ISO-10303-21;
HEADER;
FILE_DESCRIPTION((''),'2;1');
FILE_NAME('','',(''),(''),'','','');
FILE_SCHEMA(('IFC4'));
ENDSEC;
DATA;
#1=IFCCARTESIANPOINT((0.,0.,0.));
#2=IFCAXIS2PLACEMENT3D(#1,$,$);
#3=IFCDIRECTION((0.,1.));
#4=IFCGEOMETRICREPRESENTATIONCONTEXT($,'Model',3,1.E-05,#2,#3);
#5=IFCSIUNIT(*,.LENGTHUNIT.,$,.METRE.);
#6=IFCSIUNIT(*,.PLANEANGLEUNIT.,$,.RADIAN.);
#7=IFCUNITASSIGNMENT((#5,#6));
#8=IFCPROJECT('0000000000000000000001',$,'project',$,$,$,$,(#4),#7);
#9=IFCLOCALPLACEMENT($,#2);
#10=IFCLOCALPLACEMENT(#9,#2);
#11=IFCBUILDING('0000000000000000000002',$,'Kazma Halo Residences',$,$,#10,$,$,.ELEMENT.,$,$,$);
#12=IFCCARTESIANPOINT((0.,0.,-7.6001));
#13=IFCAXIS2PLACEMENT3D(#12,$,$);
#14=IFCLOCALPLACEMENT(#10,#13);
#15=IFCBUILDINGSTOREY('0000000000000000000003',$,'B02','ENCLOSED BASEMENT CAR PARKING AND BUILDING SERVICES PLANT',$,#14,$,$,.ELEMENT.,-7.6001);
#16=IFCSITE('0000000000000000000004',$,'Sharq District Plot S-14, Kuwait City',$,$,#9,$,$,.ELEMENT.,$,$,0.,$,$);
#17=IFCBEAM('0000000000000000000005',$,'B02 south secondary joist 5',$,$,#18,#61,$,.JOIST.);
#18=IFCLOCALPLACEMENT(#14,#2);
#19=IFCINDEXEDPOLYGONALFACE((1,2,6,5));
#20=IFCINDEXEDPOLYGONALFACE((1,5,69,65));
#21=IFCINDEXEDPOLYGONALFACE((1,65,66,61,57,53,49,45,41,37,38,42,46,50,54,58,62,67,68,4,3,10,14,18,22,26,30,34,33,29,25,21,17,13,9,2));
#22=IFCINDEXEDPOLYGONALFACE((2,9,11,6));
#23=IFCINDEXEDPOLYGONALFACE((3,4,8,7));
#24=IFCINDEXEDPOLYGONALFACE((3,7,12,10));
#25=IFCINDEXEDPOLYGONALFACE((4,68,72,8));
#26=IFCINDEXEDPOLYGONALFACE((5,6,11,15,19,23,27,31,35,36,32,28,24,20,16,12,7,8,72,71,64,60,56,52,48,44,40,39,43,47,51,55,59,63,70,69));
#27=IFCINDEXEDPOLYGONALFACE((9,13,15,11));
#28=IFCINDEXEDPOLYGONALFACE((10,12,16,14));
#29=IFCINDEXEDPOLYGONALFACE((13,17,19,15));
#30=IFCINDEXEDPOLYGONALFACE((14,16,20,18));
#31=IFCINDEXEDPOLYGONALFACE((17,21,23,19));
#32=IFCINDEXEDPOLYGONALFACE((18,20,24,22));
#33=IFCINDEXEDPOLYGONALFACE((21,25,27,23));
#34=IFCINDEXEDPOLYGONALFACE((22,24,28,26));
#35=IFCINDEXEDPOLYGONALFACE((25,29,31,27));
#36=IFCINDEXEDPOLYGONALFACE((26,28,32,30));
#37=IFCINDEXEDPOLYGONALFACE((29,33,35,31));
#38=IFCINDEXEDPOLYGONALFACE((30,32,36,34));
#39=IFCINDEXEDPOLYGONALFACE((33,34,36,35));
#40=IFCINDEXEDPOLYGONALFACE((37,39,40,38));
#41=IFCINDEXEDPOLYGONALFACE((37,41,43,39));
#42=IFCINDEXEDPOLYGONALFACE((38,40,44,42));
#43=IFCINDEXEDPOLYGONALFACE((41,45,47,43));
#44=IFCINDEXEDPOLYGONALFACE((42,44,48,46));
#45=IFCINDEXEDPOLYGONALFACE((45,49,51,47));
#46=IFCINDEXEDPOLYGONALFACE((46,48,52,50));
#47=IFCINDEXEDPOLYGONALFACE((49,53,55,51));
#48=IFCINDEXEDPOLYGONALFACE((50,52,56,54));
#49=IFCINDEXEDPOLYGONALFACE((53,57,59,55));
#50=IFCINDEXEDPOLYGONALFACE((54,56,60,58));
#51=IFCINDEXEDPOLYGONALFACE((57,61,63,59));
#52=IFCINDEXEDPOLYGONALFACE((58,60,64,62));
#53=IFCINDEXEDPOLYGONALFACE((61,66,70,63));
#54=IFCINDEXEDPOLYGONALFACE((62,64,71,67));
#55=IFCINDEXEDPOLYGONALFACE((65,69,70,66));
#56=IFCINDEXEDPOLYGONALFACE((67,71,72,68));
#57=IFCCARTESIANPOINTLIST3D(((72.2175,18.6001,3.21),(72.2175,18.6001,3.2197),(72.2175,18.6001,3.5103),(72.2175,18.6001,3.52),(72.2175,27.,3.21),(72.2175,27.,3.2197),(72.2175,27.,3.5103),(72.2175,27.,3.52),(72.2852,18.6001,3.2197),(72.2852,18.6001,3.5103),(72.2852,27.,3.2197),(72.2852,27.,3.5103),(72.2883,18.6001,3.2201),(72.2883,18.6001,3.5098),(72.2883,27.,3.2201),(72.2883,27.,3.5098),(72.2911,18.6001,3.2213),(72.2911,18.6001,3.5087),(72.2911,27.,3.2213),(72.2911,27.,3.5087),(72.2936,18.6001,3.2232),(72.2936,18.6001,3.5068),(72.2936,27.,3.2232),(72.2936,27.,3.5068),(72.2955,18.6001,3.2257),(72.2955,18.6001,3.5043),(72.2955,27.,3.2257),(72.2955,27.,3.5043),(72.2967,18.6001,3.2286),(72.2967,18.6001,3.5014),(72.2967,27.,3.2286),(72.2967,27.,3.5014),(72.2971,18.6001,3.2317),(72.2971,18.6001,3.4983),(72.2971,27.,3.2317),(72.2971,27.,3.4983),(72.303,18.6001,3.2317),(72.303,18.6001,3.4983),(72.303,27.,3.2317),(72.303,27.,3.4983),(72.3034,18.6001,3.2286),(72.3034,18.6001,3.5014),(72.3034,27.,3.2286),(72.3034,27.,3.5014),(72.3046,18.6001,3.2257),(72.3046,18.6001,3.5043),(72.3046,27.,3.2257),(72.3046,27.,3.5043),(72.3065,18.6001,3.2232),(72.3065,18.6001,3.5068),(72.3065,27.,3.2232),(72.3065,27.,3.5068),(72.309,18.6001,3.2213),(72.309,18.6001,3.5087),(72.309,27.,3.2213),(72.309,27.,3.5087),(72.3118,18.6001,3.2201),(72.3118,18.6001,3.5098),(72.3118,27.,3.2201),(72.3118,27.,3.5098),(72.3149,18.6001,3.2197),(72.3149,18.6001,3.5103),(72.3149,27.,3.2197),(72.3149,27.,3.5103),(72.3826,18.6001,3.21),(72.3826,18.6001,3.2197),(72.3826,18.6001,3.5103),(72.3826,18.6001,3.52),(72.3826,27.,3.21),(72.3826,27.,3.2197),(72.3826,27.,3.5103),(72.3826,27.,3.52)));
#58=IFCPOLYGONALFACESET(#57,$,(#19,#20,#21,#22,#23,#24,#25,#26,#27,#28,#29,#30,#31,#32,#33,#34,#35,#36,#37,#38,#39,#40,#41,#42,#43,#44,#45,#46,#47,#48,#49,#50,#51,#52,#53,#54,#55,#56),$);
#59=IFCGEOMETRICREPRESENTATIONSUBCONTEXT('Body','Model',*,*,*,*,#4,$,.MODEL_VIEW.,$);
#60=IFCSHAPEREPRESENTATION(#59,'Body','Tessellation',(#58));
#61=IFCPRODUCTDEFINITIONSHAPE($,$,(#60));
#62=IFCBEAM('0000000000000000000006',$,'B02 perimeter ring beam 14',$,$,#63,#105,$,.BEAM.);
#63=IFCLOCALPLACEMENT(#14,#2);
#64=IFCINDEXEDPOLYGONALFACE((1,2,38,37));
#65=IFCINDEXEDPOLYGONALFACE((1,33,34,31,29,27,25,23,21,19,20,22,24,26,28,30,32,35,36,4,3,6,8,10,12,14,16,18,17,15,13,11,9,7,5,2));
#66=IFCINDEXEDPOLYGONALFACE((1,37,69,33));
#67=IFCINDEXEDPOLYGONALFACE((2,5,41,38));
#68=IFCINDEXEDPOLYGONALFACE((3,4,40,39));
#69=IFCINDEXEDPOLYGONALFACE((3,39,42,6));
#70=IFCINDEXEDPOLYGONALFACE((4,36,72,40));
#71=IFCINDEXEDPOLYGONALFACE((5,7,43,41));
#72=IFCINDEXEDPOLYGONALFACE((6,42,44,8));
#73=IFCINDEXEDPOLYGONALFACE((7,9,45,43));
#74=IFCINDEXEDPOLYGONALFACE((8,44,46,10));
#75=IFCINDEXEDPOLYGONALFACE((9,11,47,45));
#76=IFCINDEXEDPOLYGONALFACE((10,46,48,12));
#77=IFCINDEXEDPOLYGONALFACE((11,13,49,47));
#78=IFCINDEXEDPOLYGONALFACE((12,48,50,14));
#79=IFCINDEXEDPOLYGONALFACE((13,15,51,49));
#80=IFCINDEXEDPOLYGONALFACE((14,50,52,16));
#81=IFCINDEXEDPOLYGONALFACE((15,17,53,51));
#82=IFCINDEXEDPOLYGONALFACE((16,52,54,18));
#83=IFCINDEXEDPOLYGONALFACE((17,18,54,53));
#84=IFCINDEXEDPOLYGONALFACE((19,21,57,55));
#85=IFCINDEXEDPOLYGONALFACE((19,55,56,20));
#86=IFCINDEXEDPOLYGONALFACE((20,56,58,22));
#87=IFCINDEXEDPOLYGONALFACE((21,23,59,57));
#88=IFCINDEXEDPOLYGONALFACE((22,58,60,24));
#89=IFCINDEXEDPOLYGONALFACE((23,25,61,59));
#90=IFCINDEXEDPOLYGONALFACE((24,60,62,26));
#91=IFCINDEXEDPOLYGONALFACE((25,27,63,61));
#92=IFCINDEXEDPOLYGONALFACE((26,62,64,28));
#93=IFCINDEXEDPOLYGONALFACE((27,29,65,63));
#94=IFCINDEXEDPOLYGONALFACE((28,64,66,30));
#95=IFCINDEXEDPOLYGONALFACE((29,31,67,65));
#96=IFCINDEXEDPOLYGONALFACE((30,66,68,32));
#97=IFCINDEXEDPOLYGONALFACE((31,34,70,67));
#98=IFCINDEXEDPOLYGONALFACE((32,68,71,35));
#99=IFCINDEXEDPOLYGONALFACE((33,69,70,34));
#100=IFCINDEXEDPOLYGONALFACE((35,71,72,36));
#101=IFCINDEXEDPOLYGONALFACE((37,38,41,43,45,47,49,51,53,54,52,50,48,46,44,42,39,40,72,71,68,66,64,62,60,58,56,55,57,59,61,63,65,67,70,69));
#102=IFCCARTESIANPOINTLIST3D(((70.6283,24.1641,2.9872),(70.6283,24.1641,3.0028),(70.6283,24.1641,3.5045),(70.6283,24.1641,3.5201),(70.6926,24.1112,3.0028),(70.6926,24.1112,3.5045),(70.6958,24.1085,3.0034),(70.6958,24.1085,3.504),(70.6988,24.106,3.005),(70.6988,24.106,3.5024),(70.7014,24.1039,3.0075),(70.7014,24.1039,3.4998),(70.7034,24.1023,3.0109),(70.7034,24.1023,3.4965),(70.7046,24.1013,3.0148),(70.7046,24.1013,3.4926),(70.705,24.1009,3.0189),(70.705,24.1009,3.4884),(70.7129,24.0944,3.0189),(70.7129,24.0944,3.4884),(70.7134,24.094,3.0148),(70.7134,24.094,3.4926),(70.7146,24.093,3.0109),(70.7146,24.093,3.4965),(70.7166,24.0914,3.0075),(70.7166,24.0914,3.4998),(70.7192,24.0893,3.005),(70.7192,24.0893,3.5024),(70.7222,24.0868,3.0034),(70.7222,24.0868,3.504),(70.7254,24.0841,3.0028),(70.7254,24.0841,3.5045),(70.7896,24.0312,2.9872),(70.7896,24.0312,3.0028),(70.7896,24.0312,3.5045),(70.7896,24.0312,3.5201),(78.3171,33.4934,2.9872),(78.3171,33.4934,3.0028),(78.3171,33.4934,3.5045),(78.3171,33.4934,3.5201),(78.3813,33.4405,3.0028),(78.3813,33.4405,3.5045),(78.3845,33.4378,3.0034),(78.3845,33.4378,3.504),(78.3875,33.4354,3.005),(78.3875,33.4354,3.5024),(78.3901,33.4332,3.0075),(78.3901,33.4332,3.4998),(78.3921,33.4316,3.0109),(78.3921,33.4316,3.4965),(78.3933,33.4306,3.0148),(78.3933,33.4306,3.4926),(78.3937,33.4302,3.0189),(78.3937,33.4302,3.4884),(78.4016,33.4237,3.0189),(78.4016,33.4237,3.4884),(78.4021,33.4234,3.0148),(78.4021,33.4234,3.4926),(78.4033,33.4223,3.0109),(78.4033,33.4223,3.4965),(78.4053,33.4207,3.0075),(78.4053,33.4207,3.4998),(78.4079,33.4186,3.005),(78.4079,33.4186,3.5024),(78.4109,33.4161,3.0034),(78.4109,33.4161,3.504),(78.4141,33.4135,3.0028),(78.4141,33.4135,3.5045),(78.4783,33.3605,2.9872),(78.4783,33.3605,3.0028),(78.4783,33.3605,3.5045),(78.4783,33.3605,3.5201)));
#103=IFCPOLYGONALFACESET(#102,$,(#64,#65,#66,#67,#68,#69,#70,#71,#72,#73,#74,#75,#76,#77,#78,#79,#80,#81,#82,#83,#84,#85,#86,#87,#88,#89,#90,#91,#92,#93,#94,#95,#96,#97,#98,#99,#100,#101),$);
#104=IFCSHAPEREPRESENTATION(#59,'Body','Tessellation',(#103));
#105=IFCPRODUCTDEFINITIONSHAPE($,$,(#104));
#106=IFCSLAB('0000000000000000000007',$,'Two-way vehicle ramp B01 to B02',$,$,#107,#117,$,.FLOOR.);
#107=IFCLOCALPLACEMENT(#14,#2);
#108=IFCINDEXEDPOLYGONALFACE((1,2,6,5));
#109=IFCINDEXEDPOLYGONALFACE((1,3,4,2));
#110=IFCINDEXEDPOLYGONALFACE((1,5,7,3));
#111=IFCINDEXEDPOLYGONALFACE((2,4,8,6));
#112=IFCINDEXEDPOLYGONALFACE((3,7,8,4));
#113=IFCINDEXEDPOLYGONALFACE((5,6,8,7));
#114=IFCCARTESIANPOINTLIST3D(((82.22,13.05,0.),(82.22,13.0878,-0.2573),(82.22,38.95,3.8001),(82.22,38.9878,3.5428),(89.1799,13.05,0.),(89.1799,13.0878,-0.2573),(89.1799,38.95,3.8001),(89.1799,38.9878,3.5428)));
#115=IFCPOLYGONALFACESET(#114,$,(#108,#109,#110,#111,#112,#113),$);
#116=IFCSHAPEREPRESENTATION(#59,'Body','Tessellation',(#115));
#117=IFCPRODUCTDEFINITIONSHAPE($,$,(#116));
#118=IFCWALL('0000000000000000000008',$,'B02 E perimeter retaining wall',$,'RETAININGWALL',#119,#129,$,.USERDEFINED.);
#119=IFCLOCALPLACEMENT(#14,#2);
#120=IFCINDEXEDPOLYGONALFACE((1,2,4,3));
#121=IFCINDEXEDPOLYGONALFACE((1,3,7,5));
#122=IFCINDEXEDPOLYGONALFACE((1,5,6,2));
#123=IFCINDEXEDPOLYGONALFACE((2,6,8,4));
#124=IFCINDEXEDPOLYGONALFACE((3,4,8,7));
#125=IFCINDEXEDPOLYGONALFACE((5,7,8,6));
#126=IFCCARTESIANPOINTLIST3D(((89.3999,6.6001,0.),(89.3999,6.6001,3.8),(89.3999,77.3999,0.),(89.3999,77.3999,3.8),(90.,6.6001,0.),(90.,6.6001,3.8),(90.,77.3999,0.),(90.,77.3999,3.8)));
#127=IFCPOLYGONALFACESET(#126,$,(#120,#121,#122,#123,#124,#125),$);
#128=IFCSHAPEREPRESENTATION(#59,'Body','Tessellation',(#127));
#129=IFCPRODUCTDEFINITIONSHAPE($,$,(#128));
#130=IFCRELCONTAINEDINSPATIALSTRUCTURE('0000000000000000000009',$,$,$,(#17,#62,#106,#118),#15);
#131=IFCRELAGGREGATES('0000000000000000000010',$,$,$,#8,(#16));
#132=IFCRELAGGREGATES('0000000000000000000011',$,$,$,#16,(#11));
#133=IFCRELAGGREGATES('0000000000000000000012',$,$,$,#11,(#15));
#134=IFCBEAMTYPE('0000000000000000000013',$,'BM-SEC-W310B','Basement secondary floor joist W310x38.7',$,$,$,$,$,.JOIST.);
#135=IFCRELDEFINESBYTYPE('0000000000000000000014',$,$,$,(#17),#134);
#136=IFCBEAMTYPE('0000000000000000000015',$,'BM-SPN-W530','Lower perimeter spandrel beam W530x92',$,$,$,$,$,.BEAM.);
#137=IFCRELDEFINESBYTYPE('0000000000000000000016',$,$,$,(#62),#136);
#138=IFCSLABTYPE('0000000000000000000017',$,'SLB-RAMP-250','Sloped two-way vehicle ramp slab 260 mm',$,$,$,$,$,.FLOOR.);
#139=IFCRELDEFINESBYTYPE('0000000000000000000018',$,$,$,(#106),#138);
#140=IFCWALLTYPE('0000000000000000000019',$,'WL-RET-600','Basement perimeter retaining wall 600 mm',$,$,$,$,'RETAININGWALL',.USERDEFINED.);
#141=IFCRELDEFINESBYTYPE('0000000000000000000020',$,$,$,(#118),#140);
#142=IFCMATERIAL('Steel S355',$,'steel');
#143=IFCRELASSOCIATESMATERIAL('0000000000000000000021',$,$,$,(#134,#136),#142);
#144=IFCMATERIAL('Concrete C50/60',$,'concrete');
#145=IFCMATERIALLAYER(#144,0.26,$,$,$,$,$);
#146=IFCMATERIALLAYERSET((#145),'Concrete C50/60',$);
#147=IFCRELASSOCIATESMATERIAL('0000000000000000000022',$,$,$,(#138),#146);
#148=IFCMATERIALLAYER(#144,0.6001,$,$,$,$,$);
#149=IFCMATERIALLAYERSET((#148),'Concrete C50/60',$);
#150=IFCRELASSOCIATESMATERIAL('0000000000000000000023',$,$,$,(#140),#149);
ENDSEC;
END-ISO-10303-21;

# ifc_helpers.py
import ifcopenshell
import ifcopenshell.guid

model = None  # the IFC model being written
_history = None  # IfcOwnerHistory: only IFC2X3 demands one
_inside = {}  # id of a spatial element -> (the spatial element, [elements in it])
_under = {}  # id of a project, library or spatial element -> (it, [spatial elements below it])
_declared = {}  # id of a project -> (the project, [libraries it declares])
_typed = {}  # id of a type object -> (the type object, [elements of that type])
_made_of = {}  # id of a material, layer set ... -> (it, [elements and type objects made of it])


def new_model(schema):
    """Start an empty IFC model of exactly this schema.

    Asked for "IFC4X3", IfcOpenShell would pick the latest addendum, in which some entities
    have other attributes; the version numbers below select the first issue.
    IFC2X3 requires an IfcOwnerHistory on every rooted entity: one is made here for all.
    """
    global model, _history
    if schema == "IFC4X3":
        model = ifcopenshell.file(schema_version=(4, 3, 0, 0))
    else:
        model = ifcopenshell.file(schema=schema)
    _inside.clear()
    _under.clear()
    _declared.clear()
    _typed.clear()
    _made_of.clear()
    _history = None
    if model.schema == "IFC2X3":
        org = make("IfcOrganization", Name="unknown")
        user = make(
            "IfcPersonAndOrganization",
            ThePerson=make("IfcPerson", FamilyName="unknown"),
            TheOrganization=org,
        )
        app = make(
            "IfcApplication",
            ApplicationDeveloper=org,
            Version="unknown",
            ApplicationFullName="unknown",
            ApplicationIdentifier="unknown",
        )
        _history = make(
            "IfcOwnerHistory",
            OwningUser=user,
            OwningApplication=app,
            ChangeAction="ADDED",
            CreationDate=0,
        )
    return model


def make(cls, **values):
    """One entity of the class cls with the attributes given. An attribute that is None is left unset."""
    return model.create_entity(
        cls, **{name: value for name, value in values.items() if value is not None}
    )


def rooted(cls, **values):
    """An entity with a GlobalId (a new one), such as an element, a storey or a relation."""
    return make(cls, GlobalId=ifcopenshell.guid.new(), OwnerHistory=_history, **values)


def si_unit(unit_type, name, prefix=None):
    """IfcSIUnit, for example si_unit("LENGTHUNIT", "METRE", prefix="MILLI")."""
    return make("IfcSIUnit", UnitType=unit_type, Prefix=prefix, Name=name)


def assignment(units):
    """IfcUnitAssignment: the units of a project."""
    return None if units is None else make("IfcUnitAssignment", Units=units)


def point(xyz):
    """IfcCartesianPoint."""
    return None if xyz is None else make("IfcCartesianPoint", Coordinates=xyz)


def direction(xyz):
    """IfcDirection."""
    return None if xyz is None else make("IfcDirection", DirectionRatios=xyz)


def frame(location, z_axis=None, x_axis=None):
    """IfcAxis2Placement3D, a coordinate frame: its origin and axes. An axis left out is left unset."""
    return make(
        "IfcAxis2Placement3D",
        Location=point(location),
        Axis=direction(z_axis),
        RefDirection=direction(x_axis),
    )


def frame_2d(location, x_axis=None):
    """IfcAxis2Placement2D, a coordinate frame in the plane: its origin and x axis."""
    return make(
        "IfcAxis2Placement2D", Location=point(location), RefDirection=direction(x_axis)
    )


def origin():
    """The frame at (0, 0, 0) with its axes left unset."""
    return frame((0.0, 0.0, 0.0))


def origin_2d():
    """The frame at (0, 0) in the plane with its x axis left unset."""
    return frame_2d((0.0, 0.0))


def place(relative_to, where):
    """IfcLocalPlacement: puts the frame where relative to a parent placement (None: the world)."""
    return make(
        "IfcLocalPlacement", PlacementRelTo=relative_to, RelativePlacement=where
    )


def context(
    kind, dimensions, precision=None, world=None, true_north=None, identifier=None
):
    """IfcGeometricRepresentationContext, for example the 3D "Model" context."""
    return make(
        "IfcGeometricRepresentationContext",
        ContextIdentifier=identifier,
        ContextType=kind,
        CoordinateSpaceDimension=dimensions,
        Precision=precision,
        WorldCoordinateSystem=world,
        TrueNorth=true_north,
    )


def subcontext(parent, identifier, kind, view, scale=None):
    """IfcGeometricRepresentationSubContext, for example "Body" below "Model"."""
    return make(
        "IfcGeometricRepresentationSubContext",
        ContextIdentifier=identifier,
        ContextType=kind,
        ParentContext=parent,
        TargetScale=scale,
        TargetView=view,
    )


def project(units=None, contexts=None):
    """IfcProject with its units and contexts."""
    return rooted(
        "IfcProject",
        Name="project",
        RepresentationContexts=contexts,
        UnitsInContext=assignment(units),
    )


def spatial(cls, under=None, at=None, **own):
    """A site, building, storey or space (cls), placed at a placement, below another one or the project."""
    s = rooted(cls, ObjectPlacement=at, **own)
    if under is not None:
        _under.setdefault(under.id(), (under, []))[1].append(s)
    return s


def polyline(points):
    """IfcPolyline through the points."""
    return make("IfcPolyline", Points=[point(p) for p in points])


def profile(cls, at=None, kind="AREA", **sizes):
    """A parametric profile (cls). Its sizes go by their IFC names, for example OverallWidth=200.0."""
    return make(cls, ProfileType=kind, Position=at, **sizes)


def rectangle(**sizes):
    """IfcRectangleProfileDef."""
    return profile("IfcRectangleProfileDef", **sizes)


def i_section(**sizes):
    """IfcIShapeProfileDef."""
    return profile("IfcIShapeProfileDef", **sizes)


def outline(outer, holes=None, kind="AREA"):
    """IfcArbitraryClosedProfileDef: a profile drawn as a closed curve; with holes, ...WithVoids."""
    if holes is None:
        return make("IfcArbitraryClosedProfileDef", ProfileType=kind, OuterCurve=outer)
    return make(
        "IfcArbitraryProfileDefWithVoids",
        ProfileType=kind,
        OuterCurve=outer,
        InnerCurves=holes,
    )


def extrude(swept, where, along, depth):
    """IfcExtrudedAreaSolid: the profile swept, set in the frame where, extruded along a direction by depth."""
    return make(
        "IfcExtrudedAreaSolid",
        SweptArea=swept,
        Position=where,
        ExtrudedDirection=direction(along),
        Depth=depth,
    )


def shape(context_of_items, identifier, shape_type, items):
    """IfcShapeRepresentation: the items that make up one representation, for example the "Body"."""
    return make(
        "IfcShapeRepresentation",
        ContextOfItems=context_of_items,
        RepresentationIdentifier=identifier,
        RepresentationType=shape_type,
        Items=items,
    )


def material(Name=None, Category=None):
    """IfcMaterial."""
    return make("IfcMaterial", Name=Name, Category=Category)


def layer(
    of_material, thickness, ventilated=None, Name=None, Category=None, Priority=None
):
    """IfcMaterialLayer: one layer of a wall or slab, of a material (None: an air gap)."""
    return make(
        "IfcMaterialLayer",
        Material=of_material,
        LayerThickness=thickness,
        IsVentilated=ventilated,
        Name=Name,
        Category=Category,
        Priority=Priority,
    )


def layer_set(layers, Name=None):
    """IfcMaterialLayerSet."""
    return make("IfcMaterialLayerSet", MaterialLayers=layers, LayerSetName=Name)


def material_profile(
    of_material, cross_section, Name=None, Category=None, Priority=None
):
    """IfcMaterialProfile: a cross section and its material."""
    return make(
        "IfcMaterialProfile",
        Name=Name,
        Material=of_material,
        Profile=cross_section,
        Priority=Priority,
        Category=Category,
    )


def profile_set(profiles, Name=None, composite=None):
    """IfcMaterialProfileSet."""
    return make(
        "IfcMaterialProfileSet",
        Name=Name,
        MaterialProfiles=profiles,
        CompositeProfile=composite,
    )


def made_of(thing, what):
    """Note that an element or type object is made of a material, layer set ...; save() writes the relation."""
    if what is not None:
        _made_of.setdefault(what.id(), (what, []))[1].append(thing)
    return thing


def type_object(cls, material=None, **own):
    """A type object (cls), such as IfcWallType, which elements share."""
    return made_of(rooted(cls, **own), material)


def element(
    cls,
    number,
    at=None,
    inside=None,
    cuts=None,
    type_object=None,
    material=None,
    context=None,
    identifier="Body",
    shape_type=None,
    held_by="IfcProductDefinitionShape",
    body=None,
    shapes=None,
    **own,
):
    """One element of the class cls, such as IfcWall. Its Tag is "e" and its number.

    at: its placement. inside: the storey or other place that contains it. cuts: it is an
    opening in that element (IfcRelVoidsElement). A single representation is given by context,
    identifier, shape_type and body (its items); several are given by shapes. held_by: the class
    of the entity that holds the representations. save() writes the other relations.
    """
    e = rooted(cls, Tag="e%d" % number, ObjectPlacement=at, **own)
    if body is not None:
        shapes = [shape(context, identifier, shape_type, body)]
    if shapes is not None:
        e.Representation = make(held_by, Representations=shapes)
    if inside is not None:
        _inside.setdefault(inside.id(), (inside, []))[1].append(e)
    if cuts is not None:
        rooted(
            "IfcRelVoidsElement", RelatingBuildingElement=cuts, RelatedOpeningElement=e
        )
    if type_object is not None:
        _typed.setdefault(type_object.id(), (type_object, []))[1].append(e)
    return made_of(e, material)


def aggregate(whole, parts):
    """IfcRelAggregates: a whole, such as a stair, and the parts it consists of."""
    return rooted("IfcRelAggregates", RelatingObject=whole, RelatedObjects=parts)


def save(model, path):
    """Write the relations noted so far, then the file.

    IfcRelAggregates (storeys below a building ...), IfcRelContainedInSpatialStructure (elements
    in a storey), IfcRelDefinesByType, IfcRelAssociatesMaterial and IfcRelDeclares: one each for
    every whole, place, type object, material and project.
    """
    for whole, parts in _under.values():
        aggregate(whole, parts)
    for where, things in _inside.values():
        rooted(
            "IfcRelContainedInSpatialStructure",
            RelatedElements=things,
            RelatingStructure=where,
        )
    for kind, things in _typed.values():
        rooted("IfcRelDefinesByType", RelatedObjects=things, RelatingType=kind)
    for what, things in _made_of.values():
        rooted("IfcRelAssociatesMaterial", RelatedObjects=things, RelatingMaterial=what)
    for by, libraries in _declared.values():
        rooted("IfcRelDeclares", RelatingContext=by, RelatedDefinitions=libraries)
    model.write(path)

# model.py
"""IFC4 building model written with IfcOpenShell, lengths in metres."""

from ifc_helpers import new_model, si_unit, direction, frame, frame_2d, origin, origin_2d, place, context, subcontext, project, spatial, polyline, rectangle, i_section, outline, extrude, material, layer, layer_set, material_profile, profile_set, type_object, element, save


model = new_model("IFC4")

# Units and contexts
model_context = context("Model", 3, precision=1e-05, world=origin(), true_north=direction((0.0, 1.0)))
body_context = subcontext(model_context, "Body", "Model", "MODEL_VIEW")
ifc_project = project(units=[si_unit("LENGTHUNIT", "METRE"), si_unit("PLANEANGLEUNIT", "RADIAN")], contexts=[model_context])

# Site, building, storey
site_placement = place(None, origin())
site = spatial("IfcSite", under=ifc_project, at=site_placement, Name="Sharq District Plot S-14, Kuwait City", CompositionType="ELEMENT", RefElevation=0.0)
building_placement = place(site_placement, origin())
building = spatial("IfcBuilding", under=site, at=building_placement, Name="Kazma Halo Residences", CompositionType="ELEMENT")
storey_placement = place(building_placement, frame((0.0, 0.0, -7.6001)))
storey = spatial("IfcBuildingStorey", under=building, at=storey_placement, Name="B02", Description="ENCLOSED BASEMENT CAR PARKING AND BUILDING SERVICES PLANT", CompositionType="ELEMENT", Elevation=-7.6001)

# Beams
ifc_material_1 = material(Name="Steel S355", Category="steel")
ifc_material_profile_1 = material_profile(ifc_material_1, i_section(OverallWidth=0.165, OverallDepth=0.3101, WebThickness=0.0059, FlangeThickness=0.0098, FilletRadius=0.012, at=origin_2d()), Name="W310x38.7")
ifc_profile_set_1 = profile_set([ifc_material_profile_1], Name="Steel S355")
beam_type_1 = type_object("IfcBeamType", Name="BM-SEC-W310B", Description="Basement secondary floor joist W310x38.7", PredefinedType="JOIST", material=ifc_profile_set_1)
beam_1_placement = place(storey_placement, frame((72.3, 18.6001, 3.365), z_axis=(0.0, 1.0, 0.0), x_axis=(-1.0, 0.0, 0.0)))
element("IfcBeam", 1, at=beam_1_placement, inside=storey, type_object=beam_type_1, Name="B02 south secondary joist 5", PredefinedType="JOIST", context=body_context, shape_type="SweptSolid", body=[
    extrude(i_section(OverallWidth=0.165, OverallDepth=0.3101, WebThickness=0.0059, FlangeThickness=0.0098, FilletRadius=0.012, at=origin_2d()), origin(), (0.0, 0.0, 1.0), 8.3999),
])
ifc_material_profile_2 = material_profile(ifc_material_1, i_section(OverallWidth=0.209, OverallDepth=0.533, WebThickness=0.0103, FlangeThickness=0.0156, FilletRadius=0.0161, at=origin_2d()), Name="W530x92")
ifc_profile_set_2 = profile_set([ifc_material_profile_2], Name="Steel S355")
beam_type_2 = type_object("IfcBeamType", Name="BM-SPN-W530", Description="Lower perimeter spandrel beam W530x92", PredefinedType="BEAM", material=ifc_profile_set_2)
beam_2_placement = place(storey_placement, frame((70.709, 24.0977, 3.2537), z_axis=(0.63599, 0.771698, 0.0), x_axis=(-0.771698, 0.63599, 0.0)))
element("IfcBeam", 2, at=beam_2_placement, inside=storey, type_object=beam_type_2, Name="B02 perimeter ring beam 14", PredefinedType="BEAM", context=body_context, shape_type="SweptSolid", body=[
    extrude(i_section(OverallWidth=0.209, OverallDepth=0.533, WebThickness=0.0103, FlangeThickness=0.0156, FilletRadius=0.0161, at=origin_2d()), origin(), (0.0, 0.0, 1.0), 12.0894),
])

# Slab
ifc_material_2 = material(Name="Concrete C50/60", Category="concrete")
ifc_layer_1 = layer(ifc_material_2, 0.26)
ifc_layer_set_1 = layer_set([ifc_layer_1], Name="Concrete C50/60")
slab_type = type_object("IfcSlabType", Name="SLB-RAMP-250", Description="Sloped two-way vehicle ramp slab 260 mm", PredefinedType="FLOOR", material=ifc_layer_set_1)
slab_placement = place(storey_placement, frame((82.22, 13.05, 0.0), z_axis=(0.0, -0.145166, 0.989407), x_axis=(1.0, 0.0, 0.0)))
element("IfcSlab", 3, at=slab_placement, inside=storey, type_object=slab_type, Name="Two-way vehicle ramp B01 to B02", PredefinedType="FLOOR", context=body_context, shape_type="SweptSolid", body=[
    extrude(outline(polyline([(0.0, 0.0), (6.96, 0.0), (6.96, 26.1772), (0.0, 26.1772), (0.0, 0.0)])), origin(), (0.0, 0.0, -1.0), 0.26),
])

# Wall
ifc_layer_2 = layer(ifc_material_2, 0.6001)
ifc_layer_set_2 = layer_set([ifc_layer_2], Name="Concrete C50/60")
wall_type = type_object("IfcWallType", Name="WL-RET-600", Description="Basement perimeter retaining wall 600 mm", ElementType="RETAININGWALL", PredefinedType="USERDEFINED", material=ifc_layer_set_2)
wall_placement = place(storey_placement, frame((89.7, 6.6001, 0.0), z_axis=(0.0, 0.0, 1.0), x_axis=(0.0, 1.0, 0.0)))
element("IfcWall", 4, at=wall_placement, inside=storey, type_object=wall_type, Name="B02 E perimeter retaining wall", ObjectType="RETAININGWALL", PredefinedType="USERDEFINED", context=body_context, shape_type="SweptSolid", body=[
    extrude(rectangle(XDim=70.7998, YDim=0.6001, at=frame_2d((35.3999, 0.0))), origin(), (0.0, 0.0, 1.0), 3.8),
])

save(model, "model.ifc")
